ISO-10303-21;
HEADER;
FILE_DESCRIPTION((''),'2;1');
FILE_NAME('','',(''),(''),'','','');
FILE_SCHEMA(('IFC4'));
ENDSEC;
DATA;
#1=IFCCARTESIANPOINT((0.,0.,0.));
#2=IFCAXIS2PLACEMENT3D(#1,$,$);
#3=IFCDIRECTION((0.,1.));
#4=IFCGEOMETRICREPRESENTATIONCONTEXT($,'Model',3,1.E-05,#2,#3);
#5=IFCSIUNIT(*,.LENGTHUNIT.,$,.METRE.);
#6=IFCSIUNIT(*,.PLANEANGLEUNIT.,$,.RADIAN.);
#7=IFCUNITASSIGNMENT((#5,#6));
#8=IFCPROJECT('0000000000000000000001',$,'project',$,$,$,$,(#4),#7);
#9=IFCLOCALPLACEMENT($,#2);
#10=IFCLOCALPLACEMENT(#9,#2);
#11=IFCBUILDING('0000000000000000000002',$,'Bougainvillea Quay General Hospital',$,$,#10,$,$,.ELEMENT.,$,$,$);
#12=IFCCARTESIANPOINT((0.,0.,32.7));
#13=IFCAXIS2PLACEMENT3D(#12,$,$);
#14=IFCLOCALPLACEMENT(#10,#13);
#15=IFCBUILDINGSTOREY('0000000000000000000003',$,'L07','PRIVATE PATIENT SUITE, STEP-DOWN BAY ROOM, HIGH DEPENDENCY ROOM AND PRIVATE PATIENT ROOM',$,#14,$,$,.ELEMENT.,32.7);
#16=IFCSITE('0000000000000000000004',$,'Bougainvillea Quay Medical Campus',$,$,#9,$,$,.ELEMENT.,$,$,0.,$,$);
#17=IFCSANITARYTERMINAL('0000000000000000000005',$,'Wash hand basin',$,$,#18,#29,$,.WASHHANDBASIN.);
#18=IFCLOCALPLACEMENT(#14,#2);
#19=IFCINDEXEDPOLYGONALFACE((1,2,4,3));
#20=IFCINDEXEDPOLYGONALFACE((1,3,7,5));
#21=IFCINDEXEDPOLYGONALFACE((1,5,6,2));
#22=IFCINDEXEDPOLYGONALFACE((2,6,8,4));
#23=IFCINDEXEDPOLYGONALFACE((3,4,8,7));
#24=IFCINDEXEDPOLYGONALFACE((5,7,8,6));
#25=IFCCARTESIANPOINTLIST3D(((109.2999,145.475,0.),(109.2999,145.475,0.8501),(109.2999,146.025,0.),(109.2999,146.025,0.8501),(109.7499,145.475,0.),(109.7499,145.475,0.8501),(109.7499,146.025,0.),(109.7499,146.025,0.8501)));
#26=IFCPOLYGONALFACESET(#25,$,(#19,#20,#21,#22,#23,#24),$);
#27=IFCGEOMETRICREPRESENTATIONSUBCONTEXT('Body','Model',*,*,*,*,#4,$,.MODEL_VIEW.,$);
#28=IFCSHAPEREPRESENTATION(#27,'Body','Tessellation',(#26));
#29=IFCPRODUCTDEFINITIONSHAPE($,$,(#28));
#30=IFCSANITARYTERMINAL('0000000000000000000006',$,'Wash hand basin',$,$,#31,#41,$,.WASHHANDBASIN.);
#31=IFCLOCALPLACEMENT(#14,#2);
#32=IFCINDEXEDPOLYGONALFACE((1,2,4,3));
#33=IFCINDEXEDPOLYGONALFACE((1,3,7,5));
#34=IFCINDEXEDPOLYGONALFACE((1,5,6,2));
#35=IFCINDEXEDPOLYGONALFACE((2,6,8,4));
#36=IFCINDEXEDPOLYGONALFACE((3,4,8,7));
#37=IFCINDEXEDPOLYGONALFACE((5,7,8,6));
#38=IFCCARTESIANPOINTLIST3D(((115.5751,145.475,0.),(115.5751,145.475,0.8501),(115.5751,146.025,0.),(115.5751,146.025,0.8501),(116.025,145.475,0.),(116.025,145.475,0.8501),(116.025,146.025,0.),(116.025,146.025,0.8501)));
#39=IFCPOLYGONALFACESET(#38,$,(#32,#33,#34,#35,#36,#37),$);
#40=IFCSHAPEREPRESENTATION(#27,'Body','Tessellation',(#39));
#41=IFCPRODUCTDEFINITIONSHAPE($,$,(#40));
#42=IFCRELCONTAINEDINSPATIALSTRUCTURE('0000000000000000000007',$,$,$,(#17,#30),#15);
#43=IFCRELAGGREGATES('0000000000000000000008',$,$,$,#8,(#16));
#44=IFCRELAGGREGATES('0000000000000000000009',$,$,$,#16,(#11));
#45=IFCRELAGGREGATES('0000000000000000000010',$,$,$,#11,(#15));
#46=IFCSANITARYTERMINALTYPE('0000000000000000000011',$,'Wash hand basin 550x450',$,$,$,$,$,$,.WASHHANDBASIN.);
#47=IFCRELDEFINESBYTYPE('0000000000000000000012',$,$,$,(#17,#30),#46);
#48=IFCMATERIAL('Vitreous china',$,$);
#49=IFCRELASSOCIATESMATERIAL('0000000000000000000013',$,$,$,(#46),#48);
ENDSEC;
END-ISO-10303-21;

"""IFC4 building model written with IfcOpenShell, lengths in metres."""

from ifc_helpers import new_model, si_unit, direction, frame, origin, origin_2d, place, context, subcontext, project, spatial, rectangle, extrude, material, type_object, element, save


model = new_model("IFC4")

# Units and contexts
model_context = context("Model", 3, precision=1e-05, world=origin(), true_north=direction((0.0, 1.0)))
body_context = subcontext(model_context, "Body", "Model", "MODEL_VIEW")
ifc_project = project(units=[si_unit("LENGTHUNIT", "METRE"), si_unit("PLANEANGLEUNIT", "RADIAN")], contexts=[model_context])

# Site, building, storey
site_placement = place(None, origin())
site = spatial("IfcSite", under=ifc_project, at=site_placement, Name="Bougainvillea Quay Medical Campus", CompositionType="ELEMENT", RefElevation=0.0)
building_placement = place(site_placement, origin())
building = spatial("IfcBuilding", under=site, at=building_placement, Name="Bougainvillea Quay General Hospital", CompositionType="ELEMENT")
storey_placement = place(building_placement, frame((0.0, 0.0, 32.7)))
storey = spatial("IfcBuildingStorey", under=building, at=storey_placement, Name="L07", Description="PRIVATE PATIENT SUITE, STEP-DOWN BAY ROOM, HIGH DEPENDENCY ROOM AND PRIVATE PATIENT ROOM", CompositionType="ELEMENT", Elevation=32.7)

# Sanitary terminals
ifc_material_1 = material(Name="Vitreous china")
sanitary_terminal_type_1 = type_object("IfcSanitaryTerminalType", Name="Wash hand basin 550x450", PredefinedType="WASHHANDBASIN", material=ifc_material_1)
for number, where, z_axis, x_axis, name in (
    (1, (109.5249, 145.75, 0.0), (0.0, 0.0, 1.0), (0.0, 1.0, 0.0), "Wash hand basin"),
    (2, (115.8, 145.75, 0.0), (0.0, 0.0, 1.0), (0.0, 1.0, 0.0), "Wash hand basin"),
):
    element("IfcSanitaryTerminal", number, at=place(storey_placement, frame(where, z_axis=z_axis, x_axis=x_axis)), inside=storey, type_object=sanitary_terminal_type_1, Name=name, PredefinedType="WASHHANDBASIN", context=body_context, shape_type="SweptSolid", body=[
        extrude(rectangle(XDim=0.55, YDim=0.45, at=origin_2d()), origin(), (0.0, 0.0, 1.0), 0.8501),
    ])

save(model, "model.ifc")
